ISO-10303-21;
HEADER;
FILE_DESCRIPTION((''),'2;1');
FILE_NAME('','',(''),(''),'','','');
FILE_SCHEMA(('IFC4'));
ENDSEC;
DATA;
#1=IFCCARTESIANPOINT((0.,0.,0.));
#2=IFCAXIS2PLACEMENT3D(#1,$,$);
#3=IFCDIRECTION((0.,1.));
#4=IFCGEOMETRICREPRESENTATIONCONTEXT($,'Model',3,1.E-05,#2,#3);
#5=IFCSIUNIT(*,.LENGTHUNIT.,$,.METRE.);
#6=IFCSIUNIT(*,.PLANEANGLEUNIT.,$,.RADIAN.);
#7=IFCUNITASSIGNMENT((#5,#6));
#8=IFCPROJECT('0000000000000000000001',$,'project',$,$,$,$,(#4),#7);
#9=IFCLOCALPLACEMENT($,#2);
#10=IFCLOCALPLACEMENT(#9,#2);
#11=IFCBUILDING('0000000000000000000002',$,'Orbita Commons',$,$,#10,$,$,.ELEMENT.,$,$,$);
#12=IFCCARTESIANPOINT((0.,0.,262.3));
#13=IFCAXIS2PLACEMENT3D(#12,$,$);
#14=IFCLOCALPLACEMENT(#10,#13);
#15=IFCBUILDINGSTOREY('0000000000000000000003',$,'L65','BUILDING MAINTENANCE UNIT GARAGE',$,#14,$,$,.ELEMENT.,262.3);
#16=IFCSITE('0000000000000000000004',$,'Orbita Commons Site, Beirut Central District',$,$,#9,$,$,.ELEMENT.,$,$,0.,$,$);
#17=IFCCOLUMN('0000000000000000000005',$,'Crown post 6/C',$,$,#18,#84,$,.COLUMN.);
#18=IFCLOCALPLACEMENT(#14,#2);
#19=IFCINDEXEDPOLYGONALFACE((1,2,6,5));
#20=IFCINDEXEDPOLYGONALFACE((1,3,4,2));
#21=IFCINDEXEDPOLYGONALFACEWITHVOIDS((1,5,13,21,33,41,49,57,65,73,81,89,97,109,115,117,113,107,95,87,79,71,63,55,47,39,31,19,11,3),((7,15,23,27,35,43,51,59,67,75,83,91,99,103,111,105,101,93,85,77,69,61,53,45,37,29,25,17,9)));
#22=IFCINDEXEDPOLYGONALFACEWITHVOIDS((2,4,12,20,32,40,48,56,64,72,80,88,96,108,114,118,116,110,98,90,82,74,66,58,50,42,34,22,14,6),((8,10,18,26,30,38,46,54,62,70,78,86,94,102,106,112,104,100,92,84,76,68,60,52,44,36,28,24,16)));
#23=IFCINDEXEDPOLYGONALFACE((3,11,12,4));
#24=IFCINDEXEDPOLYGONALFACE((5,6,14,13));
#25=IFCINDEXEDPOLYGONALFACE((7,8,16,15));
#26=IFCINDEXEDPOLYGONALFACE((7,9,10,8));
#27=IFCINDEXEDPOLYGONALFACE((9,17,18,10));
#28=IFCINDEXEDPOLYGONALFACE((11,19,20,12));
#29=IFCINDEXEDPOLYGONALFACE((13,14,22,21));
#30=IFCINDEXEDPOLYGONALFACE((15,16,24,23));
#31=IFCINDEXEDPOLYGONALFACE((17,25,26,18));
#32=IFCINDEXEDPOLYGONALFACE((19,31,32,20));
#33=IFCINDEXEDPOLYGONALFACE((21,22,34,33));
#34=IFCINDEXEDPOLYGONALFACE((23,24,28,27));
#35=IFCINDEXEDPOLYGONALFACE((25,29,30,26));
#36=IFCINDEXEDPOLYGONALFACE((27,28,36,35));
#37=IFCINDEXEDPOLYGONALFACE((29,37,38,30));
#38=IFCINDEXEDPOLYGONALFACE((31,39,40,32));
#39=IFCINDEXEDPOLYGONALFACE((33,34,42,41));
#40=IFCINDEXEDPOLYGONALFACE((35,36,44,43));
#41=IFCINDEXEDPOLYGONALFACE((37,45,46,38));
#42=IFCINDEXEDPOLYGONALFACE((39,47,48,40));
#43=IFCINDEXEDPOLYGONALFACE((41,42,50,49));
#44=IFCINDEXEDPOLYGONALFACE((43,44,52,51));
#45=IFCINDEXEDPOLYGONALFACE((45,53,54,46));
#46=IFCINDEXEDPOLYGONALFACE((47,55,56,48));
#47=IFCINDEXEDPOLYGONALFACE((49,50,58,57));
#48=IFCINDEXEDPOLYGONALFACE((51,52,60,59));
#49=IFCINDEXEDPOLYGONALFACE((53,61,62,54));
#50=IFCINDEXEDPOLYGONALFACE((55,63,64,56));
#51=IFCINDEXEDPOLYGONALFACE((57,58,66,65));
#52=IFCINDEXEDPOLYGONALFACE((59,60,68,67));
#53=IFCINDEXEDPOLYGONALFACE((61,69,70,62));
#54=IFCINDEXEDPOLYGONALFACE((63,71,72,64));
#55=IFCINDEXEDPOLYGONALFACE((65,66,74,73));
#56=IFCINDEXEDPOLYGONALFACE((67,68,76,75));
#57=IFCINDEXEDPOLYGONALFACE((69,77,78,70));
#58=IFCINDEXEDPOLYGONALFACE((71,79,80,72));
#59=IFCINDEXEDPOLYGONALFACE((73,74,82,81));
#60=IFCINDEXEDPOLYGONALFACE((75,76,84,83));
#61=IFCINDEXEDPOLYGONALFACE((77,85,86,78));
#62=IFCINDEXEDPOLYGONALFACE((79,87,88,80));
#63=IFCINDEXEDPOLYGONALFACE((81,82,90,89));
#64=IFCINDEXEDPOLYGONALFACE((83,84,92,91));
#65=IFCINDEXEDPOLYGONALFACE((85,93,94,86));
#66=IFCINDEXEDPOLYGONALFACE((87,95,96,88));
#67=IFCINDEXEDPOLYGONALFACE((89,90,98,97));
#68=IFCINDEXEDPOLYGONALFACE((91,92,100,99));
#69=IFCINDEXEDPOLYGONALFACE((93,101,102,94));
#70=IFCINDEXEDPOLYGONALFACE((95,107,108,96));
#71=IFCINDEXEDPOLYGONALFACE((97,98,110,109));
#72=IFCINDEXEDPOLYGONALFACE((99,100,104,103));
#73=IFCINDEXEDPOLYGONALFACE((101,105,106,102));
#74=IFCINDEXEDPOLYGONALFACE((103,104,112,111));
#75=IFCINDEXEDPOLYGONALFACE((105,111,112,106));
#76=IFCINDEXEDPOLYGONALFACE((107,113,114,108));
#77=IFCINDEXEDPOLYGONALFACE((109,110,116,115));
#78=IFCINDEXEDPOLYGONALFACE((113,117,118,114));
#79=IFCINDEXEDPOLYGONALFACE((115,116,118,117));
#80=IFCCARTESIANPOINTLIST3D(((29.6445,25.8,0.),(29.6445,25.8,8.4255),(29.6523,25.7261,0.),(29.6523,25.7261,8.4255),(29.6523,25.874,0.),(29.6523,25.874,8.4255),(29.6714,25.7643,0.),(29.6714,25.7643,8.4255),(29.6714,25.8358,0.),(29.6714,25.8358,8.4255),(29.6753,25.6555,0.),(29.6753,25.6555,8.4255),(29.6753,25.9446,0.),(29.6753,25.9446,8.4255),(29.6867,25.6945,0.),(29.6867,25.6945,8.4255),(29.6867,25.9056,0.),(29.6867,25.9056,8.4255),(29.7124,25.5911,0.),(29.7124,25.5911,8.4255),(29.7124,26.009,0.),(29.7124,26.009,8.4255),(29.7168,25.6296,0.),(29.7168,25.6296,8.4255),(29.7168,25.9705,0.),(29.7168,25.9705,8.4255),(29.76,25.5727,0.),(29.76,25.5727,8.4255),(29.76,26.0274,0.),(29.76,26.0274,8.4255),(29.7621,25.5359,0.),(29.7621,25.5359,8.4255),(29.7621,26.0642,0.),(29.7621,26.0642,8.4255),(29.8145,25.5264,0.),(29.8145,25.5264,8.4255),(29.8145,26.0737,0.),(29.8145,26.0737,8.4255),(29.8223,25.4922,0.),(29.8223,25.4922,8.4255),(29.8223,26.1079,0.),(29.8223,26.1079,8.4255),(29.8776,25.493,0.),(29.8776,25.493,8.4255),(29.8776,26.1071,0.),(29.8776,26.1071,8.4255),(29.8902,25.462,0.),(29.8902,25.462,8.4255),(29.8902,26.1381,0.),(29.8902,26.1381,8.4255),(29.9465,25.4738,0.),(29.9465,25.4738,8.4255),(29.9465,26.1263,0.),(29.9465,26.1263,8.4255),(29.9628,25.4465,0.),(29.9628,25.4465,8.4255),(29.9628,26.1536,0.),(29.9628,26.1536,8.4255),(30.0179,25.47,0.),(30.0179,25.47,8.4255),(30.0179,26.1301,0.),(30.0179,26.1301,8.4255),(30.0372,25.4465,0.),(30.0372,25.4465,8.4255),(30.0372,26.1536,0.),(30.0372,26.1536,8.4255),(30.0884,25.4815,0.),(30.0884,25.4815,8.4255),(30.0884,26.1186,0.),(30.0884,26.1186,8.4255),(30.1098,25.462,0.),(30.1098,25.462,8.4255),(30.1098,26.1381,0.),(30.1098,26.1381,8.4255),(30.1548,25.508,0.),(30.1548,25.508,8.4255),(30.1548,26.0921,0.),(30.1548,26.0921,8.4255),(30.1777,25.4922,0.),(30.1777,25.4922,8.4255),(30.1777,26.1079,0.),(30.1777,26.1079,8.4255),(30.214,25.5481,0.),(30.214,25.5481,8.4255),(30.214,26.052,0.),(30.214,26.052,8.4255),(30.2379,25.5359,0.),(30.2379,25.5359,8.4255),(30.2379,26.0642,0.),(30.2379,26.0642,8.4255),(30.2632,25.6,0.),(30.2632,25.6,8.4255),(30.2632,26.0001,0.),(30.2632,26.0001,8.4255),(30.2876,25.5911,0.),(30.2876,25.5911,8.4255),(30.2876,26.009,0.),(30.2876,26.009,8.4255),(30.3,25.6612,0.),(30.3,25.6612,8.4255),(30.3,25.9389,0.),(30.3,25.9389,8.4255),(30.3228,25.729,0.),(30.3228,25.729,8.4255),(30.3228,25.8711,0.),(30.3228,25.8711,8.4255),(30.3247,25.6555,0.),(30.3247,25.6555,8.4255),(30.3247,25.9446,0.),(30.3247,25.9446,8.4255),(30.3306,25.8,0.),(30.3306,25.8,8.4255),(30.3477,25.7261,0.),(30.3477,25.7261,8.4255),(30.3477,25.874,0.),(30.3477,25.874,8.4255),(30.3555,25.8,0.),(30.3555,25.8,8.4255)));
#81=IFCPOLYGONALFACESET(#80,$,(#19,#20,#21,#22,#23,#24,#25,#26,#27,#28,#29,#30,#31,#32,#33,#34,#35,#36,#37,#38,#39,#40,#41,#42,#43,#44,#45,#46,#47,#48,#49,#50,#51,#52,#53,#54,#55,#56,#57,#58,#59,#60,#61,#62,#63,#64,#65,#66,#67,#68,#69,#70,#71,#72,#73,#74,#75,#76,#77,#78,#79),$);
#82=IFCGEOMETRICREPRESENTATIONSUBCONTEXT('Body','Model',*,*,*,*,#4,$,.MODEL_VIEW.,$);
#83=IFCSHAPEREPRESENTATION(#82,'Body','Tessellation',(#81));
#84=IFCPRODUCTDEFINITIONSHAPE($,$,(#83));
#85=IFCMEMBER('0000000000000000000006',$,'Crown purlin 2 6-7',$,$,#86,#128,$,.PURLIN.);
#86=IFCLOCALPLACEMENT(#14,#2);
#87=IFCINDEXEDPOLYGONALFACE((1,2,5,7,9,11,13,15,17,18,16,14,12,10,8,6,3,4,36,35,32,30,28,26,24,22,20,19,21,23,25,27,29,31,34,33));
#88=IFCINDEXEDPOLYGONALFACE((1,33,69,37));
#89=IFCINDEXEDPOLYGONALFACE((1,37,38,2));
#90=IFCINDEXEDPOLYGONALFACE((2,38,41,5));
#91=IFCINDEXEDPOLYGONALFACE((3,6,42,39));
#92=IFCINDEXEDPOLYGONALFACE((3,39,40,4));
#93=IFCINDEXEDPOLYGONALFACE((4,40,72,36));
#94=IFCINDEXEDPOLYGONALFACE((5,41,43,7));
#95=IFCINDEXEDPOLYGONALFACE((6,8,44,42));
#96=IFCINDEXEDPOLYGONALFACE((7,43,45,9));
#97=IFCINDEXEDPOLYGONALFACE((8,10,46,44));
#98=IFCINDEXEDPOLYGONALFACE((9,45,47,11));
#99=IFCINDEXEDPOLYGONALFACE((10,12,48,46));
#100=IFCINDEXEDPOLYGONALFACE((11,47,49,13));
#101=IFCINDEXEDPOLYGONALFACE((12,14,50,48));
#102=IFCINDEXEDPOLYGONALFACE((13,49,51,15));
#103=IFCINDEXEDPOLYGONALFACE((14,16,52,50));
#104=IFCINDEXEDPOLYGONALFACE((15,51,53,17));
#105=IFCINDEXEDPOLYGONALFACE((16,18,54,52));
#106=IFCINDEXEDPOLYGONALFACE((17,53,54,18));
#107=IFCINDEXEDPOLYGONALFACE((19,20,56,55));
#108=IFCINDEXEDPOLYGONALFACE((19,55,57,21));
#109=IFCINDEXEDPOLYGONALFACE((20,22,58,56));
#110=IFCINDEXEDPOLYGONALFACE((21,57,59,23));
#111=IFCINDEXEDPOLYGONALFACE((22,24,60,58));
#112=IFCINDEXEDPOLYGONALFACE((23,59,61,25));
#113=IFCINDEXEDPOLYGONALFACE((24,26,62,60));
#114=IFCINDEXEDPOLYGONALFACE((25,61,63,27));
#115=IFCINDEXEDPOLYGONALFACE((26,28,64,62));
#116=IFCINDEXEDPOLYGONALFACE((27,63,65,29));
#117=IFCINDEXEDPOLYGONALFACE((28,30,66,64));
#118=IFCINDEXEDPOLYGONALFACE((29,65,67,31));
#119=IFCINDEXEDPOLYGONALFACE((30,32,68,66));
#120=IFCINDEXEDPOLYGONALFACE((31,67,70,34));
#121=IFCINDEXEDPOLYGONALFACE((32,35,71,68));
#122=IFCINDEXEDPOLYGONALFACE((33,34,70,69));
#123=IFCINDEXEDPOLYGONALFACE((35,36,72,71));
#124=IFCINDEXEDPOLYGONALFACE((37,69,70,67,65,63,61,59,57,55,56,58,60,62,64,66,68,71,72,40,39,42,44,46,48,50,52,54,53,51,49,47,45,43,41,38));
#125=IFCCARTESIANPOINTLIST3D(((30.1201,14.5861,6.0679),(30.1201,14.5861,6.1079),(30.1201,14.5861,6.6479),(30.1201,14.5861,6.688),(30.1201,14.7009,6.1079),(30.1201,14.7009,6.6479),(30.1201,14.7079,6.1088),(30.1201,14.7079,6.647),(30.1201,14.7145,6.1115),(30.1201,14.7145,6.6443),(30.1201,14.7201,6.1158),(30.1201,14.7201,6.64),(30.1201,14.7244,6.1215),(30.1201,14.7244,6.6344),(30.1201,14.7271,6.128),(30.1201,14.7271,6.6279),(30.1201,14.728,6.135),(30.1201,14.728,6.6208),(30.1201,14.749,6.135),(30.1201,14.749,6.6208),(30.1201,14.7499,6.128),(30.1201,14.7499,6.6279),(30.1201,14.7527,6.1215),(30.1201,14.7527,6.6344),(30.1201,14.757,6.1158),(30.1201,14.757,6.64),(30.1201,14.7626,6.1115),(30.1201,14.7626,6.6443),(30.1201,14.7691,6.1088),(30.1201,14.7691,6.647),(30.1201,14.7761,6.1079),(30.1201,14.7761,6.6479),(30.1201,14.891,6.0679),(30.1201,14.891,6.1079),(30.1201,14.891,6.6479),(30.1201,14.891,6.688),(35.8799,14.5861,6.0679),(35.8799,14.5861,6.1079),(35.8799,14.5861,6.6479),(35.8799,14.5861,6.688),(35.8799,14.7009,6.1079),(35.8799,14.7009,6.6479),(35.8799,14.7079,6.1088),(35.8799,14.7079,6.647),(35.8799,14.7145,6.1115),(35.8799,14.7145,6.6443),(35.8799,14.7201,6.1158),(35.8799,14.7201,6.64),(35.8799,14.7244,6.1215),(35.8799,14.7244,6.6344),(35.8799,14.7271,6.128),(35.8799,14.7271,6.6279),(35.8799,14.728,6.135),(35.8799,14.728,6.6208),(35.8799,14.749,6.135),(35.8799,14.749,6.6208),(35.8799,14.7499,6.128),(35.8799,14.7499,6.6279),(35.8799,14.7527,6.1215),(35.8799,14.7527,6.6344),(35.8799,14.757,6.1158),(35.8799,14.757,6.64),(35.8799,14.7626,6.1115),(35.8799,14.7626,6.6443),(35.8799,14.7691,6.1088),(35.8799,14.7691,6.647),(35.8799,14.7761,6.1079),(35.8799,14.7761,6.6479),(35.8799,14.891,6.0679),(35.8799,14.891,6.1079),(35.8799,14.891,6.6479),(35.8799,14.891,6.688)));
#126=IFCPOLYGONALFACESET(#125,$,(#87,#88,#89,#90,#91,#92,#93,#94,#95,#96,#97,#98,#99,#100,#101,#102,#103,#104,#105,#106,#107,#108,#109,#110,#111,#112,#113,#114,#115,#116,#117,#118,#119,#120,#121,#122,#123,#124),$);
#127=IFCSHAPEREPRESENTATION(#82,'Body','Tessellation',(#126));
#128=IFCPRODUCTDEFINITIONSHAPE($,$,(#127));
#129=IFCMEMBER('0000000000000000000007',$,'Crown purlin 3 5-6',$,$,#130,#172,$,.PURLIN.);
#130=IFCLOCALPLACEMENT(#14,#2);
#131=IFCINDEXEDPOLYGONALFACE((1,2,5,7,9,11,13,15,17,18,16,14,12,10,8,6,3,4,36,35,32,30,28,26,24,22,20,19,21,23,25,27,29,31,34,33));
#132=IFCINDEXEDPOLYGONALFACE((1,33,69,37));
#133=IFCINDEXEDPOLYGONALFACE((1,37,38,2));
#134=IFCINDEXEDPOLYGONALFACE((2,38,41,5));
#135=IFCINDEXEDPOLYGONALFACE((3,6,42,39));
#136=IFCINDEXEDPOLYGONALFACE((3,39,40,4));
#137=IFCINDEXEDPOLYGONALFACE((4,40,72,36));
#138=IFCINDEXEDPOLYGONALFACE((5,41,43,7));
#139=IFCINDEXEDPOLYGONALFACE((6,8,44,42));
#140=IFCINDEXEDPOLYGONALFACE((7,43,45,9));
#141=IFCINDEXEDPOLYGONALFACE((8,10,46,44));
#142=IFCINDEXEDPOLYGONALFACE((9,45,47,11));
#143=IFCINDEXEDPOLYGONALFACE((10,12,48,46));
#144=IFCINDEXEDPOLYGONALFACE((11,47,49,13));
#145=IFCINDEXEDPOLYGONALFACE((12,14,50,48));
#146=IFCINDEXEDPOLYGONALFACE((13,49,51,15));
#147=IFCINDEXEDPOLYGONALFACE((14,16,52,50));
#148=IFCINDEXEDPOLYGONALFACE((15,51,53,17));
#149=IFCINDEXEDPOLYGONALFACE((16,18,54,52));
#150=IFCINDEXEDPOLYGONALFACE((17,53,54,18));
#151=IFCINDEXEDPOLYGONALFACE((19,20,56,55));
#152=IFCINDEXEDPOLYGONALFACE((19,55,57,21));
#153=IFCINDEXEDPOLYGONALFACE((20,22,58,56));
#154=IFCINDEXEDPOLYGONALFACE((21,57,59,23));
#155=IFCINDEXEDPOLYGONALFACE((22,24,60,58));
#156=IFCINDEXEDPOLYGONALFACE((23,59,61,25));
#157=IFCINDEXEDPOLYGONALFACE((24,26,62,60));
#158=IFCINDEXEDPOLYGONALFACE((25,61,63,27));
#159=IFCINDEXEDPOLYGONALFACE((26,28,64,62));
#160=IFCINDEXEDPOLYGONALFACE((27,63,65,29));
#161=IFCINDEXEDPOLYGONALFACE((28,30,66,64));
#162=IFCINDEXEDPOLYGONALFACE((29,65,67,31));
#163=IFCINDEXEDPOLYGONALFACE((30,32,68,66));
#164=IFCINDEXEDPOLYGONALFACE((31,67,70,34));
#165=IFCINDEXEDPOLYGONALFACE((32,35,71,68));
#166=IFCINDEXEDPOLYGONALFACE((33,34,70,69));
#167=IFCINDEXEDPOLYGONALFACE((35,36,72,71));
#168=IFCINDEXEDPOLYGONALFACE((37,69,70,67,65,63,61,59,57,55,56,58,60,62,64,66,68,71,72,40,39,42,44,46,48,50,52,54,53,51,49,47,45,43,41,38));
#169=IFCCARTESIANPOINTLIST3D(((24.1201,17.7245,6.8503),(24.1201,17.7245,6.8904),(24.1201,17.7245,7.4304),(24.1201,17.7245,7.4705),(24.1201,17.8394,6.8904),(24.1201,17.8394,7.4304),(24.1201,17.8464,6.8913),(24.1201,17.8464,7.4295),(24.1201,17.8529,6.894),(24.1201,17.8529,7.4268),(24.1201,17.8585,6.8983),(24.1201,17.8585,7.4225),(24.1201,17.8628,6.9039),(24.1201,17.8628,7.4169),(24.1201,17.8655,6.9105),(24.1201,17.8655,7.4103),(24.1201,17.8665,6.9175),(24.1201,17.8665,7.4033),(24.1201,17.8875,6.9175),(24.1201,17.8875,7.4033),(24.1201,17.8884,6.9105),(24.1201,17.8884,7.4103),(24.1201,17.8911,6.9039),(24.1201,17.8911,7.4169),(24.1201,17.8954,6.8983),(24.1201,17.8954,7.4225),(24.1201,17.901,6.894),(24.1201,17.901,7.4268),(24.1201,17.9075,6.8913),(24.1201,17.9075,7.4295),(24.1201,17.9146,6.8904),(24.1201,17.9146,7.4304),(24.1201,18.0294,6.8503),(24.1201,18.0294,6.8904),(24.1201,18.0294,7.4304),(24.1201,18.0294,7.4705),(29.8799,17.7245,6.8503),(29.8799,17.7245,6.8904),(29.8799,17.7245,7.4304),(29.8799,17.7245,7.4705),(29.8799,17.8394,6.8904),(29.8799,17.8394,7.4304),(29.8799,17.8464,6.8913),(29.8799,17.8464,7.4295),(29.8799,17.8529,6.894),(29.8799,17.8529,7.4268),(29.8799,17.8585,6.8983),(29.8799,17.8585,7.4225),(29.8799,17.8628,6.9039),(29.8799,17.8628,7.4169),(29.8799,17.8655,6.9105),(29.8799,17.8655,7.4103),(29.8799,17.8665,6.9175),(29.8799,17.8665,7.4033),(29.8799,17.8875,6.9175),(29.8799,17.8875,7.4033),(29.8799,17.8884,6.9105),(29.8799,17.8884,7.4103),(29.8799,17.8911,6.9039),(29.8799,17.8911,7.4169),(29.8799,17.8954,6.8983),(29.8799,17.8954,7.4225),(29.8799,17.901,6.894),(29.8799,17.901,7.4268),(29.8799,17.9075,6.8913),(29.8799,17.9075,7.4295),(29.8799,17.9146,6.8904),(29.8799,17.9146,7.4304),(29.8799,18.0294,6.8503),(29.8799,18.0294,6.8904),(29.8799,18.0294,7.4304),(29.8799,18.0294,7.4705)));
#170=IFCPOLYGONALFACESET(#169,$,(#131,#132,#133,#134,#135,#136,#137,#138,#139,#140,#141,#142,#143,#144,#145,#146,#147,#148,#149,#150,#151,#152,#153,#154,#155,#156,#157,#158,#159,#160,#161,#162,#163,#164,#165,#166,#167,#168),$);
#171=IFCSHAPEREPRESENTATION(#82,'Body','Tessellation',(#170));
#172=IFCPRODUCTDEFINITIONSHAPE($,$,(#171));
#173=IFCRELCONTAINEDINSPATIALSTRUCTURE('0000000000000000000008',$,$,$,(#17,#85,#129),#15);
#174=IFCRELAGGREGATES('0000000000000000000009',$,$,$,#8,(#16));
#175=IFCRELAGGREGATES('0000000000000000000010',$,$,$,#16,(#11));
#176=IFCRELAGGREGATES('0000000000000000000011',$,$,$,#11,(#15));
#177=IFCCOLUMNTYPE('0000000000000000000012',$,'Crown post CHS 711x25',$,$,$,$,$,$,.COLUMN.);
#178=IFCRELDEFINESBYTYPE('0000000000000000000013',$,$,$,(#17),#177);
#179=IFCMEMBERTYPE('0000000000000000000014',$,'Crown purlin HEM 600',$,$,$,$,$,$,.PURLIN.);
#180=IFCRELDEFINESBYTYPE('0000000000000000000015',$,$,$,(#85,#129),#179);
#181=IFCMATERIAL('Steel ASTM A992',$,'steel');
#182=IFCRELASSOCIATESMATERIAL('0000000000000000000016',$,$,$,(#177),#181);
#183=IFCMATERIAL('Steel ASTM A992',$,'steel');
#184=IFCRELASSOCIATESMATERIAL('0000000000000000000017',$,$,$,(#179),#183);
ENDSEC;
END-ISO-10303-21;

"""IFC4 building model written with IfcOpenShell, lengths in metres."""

from ifc_helpers import new_model, si_unit, direction, frame, origin, origin_2d, place, context, subcontext, project, spatial, hollow_circle, i_section, extrude, material, material_profile, profile_set, type_object, element, save


model = new_model("IFC4")

# Units and contexts
model_context = context("Model", 3, precision=1e-05, world=origin(), true_north=direction((0.0, 1.0)))
body_context = subcontext(model_context, "Body", "Model", "MODEL_VIEW")
ifc_project = project(units=[si_unit("LENGTHUNIT", "METRE"), si_unit("PLANEANGLEUNIT", "RADIAN")], contexts=[model_context])

# Site, building, storey
site_placement = place(None, origin())
site = spatial("IfcSite", under=ifc_project, at=site_placement, Name="Orbita Commons Site, Beirut Central District", CompositionType="ELEMENT", RefElevation=0.0)
building_placement = place(site_placement, origin())
building = spatial("IfcBuilding", under=site, at=building_placement, Name="Orbita Commons", CompositionType="ELEMENT")
storey_placement = place(building_placement, frame((0.0, 0.0, 262.3)))
storey = spatial("IfcBuildingStorey", under=building, at=storey_placement, Name="L65", Description="BUILDING MAINTENANCE UNIT GARAGE", CompositionType="ELEMENT", Elevation=262.3)

# Column
ifc_material_1 = material(Name="Steel ASTM A992", Category="steel")
ifc_material_profile_1 = material_profile(ifc_material_1, hollow_circle(Radius=0.3555, WallThickness=0.0249, at=origin_2d()), Name="CHS 711x25")
ifc_profile_set_1 = profile_set([ifc_material_profile_1], Name="Steel ASTM A992")
column_type = type_object("IfcColumnType", Name="Crown post CHS 711x25", PredefinedType="COLUMN", material=ifc_profile_set_1)
column_placement = place(storey_placement, frame((30.0, 25.8, 0.0), z_axis=(0.0, 0.0, 1.0), x_axis=(1.0, 0.0, 0.0)))
element("IfcColumn", 1, at=column_placement, inside=storey, type_object=column_type, Name="Crown post 6/C", PredefinedType="COLUMN", context=body_context, shape_type="SweptSolid", body=[
    extrude(hollow_circle(Radius=0.3555, WallThickness=0.0249, at=origin_2d()), origin(), (0.0, 0.0, 1.0), 8.4255),
])

# Members
ifc_material_2 = material(Name="Steel ASTM A992", Category="steel")
ifc_material_profile_2 = material_profile(ifc_material_2, i_section(OverallWidth=0.3049, OverallDepth=0.6201, WebThickness=0.021, FlangeThickness=0.04, FilletRadius=0.0271, at=origin_2d()), Name="HEM 600")
ifc_profile_set_2 = profile_set([ifc_material_profile_2], Name="Steel ASTM A992")
member_type_1 = type_object("IfcMemberType", Name="Crown purlin HEM 600", PredefinedType="PURLIN", material=ifc_profile_set_2)
for number, where, z_axis, x_axis, name in (
    (2, (30.1201, 14.7385, 6.3779), (1.0, 0.0, 0.0), (0.0, 1.0, 0.0), "Crown purlin 2 6-7"),
    (3, (24.1201, 17.877, 7.1604), (1.0, 0.0, 0.0), (0.0, 1.0, 0.0), "Crown purlin 3 5-6"),
):
    element("IfcMember", number, at=place(storey_placement, frame(where, z_axis=z_axis, x_axis=x_axis)), inside=storey, type_object=member_type_1, Name=name, PredefinedType="PURLIN", context=body_context, shape_type="SweptSolid", body=[
        extrude(i_section(OverallWidth=0.3049, OverallDepth=0.6201, WebThickness=0.021, FlangeThickness=0.04, FilletRadius=0.0271, at=origin_2d()), origin(), (0.0, 0.0, 1.0), 5.7598),
    ])

save(model, "model.ifc")
